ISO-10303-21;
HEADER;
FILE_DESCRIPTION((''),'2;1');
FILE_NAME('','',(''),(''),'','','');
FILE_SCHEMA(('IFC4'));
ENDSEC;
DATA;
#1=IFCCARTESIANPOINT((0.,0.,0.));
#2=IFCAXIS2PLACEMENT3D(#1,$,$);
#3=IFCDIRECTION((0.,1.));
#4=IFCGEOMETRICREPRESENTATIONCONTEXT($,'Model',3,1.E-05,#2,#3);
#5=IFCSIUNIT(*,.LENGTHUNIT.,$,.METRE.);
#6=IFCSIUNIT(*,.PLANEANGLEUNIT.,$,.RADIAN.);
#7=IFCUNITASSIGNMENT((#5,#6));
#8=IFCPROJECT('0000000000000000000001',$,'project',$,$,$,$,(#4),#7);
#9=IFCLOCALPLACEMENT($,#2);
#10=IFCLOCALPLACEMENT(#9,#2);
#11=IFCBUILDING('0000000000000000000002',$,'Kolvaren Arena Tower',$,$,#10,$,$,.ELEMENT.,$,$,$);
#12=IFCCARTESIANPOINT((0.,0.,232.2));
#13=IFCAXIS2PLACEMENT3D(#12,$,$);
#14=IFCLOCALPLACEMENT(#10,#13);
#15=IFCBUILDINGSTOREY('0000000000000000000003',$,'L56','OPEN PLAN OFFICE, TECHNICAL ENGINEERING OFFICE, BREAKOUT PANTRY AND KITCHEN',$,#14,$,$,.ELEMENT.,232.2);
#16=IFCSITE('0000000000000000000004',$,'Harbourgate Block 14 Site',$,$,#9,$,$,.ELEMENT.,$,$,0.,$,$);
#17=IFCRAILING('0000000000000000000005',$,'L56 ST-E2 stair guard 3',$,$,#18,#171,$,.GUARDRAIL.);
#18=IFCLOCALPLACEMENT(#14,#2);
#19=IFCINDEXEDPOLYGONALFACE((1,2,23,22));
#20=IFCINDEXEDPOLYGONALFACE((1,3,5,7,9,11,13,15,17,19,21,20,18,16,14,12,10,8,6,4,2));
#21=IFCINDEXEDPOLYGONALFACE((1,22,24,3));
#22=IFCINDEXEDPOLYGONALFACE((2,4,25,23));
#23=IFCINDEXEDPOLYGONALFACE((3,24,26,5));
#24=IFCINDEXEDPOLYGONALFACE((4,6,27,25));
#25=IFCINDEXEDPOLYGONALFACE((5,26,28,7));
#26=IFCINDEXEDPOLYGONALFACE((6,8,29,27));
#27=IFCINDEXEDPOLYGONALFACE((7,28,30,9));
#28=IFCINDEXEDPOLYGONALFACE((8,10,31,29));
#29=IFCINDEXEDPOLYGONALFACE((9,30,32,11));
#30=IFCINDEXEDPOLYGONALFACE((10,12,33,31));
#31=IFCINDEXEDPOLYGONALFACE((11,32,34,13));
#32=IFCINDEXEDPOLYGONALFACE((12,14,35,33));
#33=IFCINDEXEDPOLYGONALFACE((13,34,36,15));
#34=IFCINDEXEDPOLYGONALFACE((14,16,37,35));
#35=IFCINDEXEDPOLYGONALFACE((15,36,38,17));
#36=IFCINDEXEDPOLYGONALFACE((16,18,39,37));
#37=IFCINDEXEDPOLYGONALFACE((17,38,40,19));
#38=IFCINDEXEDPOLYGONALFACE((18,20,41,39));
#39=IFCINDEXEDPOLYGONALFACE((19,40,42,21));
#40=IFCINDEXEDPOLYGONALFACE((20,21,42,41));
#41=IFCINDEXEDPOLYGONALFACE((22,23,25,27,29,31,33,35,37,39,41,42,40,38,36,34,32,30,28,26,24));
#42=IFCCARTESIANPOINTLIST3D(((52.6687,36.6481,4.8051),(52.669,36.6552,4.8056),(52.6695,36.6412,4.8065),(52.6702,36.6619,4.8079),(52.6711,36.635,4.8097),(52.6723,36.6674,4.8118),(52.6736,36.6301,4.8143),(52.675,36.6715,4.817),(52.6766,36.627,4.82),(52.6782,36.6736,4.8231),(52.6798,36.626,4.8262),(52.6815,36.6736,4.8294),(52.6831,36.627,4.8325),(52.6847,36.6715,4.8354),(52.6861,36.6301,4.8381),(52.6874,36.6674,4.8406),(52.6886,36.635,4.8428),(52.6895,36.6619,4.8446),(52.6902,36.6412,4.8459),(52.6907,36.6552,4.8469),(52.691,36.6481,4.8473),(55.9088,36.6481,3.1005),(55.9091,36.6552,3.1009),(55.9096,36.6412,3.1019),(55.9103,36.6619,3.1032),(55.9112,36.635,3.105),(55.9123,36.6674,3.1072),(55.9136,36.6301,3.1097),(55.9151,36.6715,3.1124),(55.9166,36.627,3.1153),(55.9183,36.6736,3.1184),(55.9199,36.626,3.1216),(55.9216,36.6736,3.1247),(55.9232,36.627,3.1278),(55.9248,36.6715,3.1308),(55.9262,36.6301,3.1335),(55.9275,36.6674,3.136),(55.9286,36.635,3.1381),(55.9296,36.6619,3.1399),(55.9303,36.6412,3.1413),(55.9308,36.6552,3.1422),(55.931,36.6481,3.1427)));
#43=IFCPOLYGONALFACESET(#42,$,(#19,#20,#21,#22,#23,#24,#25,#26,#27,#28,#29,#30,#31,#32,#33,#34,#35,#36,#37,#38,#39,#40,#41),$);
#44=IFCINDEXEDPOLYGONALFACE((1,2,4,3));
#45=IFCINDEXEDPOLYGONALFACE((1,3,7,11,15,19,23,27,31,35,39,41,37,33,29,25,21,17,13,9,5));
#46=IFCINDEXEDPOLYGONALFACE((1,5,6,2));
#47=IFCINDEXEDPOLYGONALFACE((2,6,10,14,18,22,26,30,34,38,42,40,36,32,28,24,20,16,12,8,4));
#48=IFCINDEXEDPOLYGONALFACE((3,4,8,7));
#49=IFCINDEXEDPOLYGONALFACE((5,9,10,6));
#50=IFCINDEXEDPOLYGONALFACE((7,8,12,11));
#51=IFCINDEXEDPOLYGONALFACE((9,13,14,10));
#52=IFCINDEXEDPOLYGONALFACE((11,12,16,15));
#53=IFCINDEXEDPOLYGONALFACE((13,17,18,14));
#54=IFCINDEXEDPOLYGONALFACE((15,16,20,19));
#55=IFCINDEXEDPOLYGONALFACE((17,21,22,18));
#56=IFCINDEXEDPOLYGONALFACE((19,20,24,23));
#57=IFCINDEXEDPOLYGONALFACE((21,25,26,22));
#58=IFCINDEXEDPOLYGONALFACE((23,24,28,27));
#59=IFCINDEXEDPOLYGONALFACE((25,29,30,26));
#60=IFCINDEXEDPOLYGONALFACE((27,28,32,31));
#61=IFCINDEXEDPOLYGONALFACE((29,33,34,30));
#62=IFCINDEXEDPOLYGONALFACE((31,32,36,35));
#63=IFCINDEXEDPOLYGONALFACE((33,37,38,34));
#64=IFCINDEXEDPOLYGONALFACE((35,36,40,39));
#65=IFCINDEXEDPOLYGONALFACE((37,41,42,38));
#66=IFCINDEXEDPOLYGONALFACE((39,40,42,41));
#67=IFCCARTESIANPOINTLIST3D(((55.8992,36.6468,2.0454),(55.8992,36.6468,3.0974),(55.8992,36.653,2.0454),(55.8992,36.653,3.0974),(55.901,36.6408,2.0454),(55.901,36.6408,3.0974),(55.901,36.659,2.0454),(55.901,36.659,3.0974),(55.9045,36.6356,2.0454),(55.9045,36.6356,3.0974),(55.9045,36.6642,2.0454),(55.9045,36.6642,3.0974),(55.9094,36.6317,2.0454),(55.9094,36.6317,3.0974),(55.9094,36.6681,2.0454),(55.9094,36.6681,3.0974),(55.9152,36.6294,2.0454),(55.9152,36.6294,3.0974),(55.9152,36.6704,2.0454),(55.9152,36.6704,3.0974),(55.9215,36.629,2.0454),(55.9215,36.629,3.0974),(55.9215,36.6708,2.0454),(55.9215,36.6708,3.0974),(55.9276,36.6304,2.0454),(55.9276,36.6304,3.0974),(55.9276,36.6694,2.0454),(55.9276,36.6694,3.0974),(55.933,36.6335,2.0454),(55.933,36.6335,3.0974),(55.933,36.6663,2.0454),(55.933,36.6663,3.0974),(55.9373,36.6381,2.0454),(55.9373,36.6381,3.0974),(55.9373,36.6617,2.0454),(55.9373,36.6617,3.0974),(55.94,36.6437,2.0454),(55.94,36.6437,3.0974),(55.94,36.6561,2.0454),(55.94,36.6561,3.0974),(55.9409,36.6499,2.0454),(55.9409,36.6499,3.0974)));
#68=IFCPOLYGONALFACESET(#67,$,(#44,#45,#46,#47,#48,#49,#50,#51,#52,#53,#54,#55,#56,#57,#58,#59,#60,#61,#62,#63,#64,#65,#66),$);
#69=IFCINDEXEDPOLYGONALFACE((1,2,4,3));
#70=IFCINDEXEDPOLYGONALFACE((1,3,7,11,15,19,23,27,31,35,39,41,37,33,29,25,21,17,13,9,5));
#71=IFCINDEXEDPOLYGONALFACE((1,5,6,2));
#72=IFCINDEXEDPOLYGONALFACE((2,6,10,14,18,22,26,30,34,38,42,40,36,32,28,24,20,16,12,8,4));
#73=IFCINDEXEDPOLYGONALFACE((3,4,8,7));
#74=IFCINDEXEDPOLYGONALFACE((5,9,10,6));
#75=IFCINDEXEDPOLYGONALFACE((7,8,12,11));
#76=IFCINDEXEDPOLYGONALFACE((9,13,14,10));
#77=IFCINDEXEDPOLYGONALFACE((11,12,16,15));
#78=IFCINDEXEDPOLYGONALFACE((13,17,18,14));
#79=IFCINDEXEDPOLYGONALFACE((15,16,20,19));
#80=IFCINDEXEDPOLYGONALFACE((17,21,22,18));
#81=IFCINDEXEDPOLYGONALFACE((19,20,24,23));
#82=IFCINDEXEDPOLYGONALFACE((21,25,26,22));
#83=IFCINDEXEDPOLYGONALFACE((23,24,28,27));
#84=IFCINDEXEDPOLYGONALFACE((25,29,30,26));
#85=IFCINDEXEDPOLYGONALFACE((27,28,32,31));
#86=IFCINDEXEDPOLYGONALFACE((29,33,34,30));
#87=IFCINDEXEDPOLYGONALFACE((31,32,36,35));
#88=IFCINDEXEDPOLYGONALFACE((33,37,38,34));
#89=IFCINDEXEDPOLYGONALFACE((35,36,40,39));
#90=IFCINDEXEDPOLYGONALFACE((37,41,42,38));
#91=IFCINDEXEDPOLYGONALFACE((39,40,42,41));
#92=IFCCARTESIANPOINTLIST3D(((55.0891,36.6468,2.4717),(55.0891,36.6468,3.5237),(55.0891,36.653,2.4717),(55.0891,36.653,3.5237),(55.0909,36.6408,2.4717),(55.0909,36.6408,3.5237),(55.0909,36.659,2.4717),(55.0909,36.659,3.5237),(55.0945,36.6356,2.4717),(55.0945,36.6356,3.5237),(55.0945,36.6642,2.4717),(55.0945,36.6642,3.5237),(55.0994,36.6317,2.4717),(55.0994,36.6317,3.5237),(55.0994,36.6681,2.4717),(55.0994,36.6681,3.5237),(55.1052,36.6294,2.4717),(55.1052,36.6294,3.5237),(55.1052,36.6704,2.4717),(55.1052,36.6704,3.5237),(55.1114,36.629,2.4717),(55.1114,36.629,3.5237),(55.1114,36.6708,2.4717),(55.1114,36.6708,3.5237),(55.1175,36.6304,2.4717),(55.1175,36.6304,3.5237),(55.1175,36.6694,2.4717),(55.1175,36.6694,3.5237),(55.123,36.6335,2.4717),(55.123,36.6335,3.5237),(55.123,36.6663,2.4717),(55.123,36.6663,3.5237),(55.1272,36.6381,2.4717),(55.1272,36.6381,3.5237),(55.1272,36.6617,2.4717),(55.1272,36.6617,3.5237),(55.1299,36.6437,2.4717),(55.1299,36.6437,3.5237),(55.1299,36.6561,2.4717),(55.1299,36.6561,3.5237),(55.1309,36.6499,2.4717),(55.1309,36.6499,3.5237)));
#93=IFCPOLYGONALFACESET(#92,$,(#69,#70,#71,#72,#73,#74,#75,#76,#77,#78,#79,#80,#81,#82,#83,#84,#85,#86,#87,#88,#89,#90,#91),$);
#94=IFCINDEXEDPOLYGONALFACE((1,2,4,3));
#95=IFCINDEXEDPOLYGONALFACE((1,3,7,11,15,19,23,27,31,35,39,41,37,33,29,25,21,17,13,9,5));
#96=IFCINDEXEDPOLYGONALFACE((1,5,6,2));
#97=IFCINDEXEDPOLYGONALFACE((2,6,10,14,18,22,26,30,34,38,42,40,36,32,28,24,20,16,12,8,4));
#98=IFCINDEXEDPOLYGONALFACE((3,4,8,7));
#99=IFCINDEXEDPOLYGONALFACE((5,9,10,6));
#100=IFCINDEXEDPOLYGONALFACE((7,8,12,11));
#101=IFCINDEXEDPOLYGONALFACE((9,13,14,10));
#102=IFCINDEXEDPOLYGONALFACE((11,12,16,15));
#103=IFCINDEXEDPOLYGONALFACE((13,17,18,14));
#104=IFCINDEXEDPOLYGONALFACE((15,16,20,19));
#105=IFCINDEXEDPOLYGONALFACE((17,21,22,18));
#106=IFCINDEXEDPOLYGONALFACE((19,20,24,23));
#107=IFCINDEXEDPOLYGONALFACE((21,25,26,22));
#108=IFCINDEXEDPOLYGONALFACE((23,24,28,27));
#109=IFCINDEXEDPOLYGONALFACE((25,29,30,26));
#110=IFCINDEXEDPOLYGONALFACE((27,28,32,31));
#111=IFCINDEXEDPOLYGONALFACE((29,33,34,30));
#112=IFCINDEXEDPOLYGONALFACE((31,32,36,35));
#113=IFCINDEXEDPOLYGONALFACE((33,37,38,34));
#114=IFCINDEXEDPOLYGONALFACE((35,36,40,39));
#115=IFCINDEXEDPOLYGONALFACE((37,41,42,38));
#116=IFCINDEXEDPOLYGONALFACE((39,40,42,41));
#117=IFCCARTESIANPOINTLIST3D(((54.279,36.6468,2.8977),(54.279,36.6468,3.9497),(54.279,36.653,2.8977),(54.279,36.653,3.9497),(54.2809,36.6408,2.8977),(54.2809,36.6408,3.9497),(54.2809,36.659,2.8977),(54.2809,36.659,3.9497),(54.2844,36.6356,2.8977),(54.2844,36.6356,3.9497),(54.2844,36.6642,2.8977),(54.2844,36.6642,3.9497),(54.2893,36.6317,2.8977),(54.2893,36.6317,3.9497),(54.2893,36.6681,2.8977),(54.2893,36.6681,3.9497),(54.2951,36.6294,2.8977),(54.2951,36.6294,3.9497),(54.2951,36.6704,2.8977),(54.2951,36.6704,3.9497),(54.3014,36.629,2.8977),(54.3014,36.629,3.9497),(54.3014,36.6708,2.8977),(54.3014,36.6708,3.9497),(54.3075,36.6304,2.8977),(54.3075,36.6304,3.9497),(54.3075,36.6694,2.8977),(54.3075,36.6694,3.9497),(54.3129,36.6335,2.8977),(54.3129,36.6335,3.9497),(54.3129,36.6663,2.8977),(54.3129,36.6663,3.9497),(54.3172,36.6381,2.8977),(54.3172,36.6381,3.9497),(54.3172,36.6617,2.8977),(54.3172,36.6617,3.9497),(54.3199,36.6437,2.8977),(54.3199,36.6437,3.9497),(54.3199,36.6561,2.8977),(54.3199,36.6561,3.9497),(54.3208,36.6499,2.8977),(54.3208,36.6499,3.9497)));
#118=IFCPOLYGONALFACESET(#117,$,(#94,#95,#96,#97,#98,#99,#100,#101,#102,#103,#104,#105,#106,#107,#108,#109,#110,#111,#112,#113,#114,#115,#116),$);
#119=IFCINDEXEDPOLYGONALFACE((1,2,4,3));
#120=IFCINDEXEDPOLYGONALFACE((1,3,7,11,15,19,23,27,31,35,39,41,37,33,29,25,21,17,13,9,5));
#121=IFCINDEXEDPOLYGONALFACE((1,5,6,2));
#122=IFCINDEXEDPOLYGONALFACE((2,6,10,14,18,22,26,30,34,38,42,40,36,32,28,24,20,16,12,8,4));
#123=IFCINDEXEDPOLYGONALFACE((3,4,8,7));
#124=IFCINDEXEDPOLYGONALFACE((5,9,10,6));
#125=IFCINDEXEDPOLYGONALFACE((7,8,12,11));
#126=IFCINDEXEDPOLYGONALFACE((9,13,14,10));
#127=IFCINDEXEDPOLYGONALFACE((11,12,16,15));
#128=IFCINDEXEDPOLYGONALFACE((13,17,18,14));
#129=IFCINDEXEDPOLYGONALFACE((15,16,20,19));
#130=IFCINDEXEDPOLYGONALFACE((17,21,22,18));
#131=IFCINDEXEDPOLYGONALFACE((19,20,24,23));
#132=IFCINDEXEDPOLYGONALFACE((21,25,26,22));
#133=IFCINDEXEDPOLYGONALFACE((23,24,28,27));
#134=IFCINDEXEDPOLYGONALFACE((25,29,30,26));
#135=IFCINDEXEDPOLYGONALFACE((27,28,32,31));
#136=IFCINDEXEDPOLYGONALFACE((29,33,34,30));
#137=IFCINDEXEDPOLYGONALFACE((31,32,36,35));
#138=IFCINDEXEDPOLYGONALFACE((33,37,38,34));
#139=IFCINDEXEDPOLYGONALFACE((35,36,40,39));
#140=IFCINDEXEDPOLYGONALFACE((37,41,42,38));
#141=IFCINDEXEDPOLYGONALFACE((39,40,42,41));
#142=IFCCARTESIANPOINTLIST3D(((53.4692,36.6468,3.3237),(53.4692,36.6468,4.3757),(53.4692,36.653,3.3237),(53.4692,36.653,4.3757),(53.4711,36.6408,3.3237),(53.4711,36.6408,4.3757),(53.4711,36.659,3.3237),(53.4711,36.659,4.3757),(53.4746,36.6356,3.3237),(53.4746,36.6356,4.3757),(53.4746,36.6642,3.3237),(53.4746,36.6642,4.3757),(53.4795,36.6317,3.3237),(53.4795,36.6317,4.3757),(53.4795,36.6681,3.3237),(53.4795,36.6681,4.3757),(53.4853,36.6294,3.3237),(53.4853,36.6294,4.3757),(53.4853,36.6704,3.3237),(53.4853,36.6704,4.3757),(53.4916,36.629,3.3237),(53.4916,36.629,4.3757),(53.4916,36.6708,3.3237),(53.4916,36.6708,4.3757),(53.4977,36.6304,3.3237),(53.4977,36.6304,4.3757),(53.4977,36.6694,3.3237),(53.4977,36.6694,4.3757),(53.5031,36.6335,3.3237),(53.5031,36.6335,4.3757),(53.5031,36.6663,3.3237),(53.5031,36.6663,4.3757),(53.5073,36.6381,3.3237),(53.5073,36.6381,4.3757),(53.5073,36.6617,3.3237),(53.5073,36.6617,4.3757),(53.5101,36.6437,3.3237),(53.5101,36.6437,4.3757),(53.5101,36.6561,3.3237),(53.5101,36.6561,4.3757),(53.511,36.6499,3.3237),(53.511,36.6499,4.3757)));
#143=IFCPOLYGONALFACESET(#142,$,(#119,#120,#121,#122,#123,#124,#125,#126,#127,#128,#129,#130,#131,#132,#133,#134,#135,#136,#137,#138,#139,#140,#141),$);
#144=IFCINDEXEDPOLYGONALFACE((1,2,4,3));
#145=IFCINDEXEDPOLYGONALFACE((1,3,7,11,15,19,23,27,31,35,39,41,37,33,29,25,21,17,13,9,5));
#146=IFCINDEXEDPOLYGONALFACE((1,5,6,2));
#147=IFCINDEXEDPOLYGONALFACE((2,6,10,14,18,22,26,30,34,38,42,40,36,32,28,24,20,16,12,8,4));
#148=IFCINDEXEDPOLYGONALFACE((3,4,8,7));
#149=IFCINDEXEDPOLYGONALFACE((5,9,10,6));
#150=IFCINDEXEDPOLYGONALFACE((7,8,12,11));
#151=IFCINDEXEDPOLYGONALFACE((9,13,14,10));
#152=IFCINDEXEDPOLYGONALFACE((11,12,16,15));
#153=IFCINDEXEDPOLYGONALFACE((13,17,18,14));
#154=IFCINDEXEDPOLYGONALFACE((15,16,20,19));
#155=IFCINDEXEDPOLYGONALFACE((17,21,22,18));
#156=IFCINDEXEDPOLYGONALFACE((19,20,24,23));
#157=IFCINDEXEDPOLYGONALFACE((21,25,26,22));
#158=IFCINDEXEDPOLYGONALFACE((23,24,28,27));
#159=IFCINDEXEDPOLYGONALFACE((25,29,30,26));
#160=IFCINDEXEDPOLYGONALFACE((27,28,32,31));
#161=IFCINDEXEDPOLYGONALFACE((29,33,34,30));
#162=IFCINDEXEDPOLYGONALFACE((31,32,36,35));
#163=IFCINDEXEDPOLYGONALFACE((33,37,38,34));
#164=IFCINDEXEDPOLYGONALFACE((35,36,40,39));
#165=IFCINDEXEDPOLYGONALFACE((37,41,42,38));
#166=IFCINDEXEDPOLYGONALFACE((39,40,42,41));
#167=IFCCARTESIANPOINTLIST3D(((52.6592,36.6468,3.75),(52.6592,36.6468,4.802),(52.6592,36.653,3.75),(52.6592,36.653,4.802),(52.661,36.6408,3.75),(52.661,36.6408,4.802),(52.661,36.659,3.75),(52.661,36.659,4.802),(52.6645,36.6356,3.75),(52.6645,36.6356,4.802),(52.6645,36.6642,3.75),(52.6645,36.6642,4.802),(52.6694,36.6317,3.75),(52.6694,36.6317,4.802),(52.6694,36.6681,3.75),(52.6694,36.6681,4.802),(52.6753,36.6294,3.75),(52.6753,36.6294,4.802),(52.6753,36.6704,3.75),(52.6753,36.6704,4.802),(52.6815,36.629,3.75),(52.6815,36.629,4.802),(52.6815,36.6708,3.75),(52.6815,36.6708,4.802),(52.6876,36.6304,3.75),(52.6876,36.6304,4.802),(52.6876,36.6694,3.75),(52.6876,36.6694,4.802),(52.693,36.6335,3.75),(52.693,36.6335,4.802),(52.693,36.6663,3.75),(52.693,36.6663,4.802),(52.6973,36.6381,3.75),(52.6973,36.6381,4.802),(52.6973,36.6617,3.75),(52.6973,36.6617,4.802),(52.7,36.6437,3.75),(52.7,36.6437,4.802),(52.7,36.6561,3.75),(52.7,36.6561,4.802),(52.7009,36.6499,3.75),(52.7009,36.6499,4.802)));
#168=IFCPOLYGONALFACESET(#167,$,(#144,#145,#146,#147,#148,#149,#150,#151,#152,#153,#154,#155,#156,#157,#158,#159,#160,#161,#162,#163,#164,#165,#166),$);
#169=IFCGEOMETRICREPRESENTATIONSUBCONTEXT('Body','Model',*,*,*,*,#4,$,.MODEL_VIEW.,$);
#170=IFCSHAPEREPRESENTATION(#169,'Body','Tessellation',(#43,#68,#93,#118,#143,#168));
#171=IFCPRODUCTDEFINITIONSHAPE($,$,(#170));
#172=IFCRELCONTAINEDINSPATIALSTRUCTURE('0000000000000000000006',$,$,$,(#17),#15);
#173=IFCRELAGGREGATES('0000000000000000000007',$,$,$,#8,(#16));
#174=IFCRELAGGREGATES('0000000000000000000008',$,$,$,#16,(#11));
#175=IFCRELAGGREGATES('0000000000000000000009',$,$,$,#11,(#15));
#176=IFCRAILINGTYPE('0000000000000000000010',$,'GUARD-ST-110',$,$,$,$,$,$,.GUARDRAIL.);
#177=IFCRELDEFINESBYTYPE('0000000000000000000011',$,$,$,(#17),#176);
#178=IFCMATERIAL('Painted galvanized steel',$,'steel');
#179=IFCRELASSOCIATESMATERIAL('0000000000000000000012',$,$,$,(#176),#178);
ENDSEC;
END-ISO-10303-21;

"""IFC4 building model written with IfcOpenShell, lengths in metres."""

from ifc_helpers import new_model, si_unit, direction, frame, origin, origin_2d, place, context, subcontext, project, spatial, circle, extrude, material, type_object, element, save


model = new_model("IFC4")

# Units and contexts
model_context = context("Model", 3, precision=1e-05, world=origin(), true_north=direction((0.0, 1.0)))
body_context = subcontext(model_context, "Body", "Model", "MODEL_VIEW")
ifc_project = project(units=[si_unit("LENGTHUNIT", "METRE"), si_unit("PLANEANGLEUNIT", "RADIAN")], contexts=[model_context])

# Site, building, storey
site_placement = place(None, origin())
site = spatial("IfcSite", under=ifc_project, at=site_placement, Name="Harbourgate Block 14 Site", CompositionType="ELEMENT", RefElevation=0.0)
building_placement = place(site_placement, origin())
building = spatial("IfcBuilding", under=site, at=building_placement, Name="Kolvaren Arena Tower", CompositionType="ELEMENT")
storey_placement = place(building_placement, frame((0.0, 0.0, 232.2)))
storey = spatial("IfcBuildingStorey", under=building, at=storey_placement, Name="L56", Description="OPEN PLAN OFFICE, TECHNICAL ENGINEERING OFFICE, BREAKOUT PANTRY AND KITCHEN", CompositionType="ELEMENT", Elevation=232.2)

# Railing
ifc_material_1 = material(Name="Painted galvanized steel", Category="steel")
railing_type_1 = type_object("IfcRailingType", Name="GUARD-ST-110", PredefinedType="GUARDRAIL", material=ifc_material_1)
railing_1_placement = place(storey_placement, frame((55.9199, 36.6499, 2.0454)))
element("IfcRailing", 1, at=railing_1_placement, inside=storey, type_object=railing_type_1, Name="L56 ST-E2 stair guard 3", PredefinedType="GUARDRAIL", context=body_context, shape_type="SweptSolid", body=[
    extrude(circle(Radius=0.0239, at=origin_2d()), frame((0.0, 0.0, 1.0762), z_axis=(-0.884993, 0.0, 0.465604), x_axis=(0.0, -1.0, 0.0)), (0.0, 0.0, 1.0), 3.6611),
    extrude(circle(Radius=0.021, at=origin_2d()), origin(), (0.0, 0.0, 1.0), 1.052),
    extrude(circle(Radius=0.021, at=origin_2d()), frame((-0.8101, 0.0, 0.4263)), (0.0, 0.0, 1.0), 1.052),
    extrude(circle(Radius=0.021, at=origin_2d()), frame((-1.6201, 0.0, 0.8523)), (0.0, 0.0, 1.0), 1.052),
    extrude(circle(Radius=0.021, at=origin_2d()), frame((-2.4299, 0.0, 1.2783)), (0.0, 0.0, 1.0), 1.052),
    extrude(circle(Radius=0.021, at=origin_2d()), frame((-3.24, 0.0, 1.7046)), (0.0, 0.0, 1.0), 1.052),
])

save(model, "model.ifc")
